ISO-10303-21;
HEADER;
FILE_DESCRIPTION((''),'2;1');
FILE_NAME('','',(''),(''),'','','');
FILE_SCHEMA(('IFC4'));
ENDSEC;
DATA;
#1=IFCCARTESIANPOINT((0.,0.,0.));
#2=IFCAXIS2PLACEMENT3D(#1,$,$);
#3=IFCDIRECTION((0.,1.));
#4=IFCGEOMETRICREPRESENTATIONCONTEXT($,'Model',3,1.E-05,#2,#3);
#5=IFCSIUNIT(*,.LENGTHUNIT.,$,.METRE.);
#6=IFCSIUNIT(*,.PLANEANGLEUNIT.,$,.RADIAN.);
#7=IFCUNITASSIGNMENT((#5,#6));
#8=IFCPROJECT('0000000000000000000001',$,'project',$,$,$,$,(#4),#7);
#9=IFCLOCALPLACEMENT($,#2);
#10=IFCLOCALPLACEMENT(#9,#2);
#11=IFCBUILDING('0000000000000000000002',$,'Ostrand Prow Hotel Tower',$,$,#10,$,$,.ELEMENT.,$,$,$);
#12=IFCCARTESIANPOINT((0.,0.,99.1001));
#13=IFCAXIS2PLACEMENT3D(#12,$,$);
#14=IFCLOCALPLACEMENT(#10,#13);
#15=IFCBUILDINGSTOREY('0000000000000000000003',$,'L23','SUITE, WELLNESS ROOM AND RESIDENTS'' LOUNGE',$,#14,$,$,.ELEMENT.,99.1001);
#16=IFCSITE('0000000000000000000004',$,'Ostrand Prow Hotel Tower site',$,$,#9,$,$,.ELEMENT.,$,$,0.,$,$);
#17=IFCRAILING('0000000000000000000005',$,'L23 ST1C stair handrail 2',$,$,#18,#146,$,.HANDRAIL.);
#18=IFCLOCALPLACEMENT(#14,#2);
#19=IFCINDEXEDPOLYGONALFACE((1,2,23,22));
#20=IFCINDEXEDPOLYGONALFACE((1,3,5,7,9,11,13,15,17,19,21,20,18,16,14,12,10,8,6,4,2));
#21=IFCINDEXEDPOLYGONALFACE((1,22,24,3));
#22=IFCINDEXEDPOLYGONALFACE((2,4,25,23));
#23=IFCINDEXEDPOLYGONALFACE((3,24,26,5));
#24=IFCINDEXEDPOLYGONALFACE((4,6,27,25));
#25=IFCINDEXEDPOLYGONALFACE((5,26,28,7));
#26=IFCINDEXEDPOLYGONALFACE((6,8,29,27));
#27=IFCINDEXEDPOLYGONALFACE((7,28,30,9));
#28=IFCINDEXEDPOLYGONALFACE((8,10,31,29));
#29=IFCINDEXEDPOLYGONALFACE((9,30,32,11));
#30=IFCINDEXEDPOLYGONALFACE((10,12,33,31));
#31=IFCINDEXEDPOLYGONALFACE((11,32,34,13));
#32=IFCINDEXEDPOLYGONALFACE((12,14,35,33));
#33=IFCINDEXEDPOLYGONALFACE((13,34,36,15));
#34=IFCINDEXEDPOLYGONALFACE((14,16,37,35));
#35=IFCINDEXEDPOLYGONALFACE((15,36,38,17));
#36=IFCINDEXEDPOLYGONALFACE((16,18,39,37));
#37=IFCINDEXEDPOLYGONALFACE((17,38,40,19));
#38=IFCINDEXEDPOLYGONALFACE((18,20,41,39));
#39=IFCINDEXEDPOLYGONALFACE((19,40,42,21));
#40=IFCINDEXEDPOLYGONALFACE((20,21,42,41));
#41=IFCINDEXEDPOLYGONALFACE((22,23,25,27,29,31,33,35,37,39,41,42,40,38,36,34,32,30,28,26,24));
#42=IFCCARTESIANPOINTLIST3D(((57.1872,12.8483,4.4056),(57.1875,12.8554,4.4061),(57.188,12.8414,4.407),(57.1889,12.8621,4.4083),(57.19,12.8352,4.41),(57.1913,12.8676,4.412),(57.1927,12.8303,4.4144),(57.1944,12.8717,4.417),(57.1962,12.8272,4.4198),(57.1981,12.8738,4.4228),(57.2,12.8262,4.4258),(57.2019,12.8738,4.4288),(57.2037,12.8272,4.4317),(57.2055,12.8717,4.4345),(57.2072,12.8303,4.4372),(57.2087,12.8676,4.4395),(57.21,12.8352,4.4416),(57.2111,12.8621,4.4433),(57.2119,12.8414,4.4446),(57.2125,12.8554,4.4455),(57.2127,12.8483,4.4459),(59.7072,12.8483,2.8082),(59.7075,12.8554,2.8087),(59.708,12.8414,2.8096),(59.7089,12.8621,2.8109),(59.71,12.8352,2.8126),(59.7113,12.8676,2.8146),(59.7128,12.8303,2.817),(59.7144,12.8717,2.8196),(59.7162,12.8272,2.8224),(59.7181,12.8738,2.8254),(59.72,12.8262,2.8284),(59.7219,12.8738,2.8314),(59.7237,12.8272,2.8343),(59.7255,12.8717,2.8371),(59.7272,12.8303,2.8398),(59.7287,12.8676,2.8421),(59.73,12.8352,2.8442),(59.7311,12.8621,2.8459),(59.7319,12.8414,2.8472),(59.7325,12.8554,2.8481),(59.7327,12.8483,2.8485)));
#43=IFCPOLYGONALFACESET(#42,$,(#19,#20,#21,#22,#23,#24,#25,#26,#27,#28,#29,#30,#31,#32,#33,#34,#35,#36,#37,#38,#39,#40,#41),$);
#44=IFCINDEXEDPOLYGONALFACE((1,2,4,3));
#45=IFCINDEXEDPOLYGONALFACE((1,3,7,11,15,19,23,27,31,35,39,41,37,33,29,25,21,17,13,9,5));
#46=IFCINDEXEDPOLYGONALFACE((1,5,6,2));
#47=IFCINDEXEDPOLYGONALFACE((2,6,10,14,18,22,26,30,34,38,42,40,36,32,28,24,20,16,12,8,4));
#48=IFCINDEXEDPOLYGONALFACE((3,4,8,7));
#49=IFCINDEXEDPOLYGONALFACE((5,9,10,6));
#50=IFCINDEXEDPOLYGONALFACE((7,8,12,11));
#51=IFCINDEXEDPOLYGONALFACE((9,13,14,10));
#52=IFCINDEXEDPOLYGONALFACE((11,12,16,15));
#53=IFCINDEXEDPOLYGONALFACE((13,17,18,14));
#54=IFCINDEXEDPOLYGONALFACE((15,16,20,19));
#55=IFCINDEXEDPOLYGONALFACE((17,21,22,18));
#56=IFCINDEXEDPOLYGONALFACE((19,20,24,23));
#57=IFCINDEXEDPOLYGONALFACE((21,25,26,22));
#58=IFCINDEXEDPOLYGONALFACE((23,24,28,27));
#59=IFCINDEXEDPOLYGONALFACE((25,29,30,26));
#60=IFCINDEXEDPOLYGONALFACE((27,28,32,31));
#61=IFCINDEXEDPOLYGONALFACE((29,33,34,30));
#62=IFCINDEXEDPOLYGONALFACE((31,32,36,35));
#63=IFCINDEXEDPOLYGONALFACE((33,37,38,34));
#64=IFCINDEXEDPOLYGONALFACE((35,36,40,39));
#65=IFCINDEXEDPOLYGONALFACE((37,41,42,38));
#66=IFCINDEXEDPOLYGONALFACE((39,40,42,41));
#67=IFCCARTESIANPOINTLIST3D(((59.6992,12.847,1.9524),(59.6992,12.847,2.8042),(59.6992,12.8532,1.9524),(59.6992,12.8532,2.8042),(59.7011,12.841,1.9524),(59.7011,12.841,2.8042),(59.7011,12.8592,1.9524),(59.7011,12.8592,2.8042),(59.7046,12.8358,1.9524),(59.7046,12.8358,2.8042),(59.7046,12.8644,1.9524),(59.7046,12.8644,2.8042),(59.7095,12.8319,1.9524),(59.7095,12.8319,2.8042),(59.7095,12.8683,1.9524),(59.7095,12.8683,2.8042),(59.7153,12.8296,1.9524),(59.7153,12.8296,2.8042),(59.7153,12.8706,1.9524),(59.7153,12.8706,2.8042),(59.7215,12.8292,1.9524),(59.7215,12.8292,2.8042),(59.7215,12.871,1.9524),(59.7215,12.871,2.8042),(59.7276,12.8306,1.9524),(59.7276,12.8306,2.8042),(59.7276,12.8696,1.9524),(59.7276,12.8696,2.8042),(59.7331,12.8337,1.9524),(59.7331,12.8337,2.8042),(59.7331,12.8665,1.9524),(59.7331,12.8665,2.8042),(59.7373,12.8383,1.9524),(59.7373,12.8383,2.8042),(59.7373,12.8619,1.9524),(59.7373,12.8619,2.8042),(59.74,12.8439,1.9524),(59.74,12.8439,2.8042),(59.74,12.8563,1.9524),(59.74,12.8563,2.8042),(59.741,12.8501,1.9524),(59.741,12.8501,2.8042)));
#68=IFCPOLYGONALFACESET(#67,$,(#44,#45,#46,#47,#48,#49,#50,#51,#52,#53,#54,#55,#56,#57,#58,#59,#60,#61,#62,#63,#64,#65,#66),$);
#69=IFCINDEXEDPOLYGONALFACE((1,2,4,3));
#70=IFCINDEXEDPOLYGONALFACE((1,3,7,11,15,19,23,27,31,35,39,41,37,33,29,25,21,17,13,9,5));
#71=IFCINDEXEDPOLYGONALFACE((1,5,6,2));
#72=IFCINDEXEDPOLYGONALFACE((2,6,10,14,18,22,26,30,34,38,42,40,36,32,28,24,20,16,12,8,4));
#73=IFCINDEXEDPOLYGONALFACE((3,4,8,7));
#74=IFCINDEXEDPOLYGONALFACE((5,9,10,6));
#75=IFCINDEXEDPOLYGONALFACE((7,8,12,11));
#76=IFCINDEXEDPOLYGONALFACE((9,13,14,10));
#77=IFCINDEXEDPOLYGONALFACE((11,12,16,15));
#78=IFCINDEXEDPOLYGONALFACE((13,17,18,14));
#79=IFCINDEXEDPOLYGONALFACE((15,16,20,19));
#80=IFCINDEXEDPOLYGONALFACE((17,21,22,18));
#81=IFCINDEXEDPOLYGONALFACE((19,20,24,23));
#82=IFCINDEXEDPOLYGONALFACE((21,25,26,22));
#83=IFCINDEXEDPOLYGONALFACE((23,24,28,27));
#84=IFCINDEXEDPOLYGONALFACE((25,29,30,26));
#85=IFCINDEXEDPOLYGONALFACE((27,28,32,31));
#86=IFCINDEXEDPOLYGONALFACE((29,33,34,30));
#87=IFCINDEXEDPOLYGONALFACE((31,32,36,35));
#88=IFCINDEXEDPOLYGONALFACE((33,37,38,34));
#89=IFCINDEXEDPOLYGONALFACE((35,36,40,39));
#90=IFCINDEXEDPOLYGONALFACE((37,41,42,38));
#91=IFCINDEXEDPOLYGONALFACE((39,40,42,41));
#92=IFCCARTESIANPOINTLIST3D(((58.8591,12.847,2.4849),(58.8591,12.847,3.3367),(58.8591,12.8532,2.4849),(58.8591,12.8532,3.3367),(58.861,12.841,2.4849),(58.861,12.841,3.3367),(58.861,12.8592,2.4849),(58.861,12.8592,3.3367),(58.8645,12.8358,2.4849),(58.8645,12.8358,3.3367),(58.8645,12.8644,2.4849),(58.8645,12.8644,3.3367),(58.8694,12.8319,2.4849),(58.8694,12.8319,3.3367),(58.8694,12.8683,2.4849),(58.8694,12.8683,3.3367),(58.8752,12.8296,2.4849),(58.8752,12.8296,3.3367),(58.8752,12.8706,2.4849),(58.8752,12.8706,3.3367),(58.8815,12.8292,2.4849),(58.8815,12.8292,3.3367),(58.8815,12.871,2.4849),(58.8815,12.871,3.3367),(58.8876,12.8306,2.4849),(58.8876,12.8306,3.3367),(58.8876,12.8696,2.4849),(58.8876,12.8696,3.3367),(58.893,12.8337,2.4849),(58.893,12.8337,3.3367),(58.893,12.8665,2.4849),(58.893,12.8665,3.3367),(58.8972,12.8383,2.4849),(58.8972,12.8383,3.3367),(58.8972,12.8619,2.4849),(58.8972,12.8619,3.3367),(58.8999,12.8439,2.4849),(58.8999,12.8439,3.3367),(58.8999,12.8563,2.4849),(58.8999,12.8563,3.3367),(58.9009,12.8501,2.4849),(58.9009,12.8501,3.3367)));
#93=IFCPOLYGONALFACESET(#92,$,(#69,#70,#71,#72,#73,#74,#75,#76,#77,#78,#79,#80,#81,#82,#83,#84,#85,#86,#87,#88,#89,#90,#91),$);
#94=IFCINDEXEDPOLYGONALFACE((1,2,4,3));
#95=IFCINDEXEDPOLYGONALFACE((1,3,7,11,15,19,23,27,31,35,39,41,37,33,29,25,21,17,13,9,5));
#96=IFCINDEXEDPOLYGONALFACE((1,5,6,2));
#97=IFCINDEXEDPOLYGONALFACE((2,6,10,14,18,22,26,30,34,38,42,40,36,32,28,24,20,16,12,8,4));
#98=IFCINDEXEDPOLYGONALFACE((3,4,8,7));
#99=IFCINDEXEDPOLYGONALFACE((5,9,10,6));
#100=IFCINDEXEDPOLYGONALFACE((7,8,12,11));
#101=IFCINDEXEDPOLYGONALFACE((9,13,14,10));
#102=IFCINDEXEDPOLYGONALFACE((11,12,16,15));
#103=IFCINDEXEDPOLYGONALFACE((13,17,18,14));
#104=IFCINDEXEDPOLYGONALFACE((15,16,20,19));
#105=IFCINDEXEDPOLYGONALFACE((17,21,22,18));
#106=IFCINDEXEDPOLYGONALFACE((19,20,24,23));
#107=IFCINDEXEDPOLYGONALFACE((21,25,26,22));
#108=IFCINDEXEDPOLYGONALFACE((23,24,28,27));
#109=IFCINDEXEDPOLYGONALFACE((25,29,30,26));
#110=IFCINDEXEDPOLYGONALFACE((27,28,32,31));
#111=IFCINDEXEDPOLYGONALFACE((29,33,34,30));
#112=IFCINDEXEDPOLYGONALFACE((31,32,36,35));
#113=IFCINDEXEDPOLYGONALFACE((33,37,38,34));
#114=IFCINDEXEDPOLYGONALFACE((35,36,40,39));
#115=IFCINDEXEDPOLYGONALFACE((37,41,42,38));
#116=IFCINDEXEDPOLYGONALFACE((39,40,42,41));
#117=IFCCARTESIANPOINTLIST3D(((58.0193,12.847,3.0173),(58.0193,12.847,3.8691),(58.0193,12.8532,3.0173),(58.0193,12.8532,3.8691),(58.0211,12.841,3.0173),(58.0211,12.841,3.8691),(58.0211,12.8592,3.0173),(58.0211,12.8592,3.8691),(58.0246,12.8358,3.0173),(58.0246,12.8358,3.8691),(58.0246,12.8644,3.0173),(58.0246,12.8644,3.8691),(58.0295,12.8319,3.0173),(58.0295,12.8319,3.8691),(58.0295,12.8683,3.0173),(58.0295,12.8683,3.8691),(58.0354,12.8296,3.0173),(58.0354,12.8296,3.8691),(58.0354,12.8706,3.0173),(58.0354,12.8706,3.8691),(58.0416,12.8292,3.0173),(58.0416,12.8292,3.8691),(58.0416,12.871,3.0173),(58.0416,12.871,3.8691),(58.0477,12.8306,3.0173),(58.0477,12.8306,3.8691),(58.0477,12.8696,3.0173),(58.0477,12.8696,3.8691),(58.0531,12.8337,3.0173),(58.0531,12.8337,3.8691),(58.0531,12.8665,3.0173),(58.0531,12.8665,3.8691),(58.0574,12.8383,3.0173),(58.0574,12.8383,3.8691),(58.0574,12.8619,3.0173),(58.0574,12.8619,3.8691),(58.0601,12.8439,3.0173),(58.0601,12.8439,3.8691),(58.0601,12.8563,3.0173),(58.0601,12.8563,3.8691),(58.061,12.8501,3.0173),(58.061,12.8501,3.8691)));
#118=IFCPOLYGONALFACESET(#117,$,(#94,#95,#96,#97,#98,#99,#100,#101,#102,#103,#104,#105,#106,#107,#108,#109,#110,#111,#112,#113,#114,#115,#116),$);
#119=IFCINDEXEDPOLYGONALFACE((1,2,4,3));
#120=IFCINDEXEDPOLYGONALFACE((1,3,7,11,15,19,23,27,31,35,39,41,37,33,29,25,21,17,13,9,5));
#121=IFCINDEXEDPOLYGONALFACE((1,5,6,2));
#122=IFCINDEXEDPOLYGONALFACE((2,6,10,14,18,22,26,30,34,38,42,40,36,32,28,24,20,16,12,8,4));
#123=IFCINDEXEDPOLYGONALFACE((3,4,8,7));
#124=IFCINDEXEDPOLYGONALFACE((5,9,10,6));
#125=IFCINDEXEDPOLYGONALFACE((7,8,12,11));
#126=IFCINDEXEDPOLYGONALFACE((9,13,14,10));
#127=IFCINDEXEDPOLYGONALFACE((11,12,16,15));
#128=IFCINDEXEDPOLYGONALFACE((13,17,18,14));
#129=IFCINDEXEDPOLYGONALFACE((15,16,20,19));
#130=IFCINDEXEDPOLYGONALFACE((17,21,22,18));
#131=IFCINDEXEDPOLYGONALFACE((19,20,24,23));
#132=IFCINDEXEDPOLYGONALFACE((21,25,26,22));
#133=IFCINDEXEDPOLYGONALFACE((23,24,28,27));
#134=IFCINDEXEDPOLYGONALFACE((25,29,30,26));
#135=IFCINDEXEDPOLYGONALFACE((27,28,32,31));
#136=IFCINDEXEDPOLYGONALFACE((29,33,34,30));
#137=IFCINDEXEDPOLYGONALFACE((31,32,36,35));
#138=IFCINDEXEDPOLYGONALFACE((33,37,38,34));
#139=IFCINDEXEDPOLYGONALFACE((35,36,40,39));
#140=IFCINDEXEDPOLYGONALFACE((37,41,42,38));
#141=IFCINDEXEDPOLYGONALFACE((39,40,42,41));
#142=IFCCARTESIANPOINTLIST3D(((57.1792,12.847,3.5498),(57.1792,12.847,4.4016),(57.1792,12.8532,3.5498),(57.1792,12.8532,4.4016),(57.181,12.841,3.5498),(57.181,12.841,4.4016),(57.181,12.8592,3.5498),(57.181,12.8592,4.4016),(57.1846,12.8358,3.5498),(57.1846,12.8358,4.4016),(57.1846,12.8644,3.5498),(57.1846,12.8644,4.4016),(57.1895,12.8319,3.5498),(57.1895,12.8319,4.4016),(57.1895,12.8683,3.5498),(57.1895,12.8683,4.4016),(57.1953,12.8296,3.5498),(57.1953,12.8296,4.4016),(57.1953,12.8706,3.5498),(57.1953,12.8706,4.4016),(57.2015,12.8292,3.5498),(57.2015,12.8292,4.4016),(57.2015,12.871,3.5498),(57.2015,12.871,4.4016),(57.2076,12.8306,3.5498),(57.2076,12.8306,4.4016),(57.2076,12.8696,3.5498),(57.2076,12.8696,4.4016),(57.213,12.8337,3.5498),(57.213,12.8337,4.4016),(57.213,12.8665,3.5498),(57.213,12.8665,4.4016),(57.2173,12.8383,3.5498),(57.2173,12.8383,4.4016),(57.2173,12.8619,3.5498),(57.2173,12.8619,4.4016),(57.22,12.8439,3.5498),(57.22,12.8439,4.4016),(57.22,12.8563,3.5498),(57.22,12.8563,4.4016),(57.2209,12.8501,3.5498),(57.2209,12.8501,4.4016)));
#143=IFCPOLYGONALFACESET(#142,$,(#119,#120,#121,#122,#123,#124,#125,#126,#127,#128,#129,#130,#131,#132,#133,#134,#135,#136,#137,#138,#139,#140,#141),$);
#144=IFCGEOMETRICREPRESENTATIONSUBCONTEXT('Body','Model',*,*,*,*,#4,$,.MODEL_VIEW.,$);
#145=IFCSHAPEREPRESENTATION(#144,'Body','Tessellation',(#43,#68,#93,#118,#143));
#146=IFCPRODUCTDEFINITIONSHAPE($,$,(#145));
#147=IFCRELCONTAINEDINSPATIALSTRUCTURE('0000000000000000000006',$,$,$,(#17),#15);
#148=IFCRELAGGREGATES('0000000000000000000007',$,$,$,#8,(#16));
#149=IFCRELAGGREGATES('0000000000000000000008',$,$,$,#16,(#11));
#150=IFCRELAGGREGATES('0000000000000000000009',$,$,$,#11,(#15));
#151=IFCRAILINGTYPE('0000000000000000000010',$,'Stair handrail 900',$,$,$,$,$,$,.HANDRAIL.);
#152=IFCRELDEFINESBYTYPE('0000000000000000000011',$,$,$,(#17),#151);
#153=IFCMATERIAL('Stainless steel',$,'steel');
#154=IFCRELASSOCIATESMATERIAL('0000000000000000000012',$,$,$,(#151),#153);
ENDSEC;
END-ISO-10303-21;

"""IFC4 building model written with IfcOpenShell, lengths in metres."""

from ifc_helpers import new_model, si_unit, direction, frame, origin, origin_2d, place, context, subcontext, project, spatial, circle, extrude, material, type_object, element, save


model = new_model("IFC4")

# Units and contexts
model_context = context("Model", 3, precision=1e-05, world=origin(), true_north=direction((0.0, 1.0)))
body_context = subcontext(model_context, "Body", "Model", "MODEL_VIEW")
ifc_project = project(units=[si_unit("LENGTHUNIT", "METRE"), si_unit("PLANEANGLEUNIT", "RADIAN")], contexts=[model_context])

# Site, building, storey
site_placement = place(None, origin())
site = spatial("IfcSite", under=ifc_project, at=site_placement, Name="Ostrand Prow Hotel Tower site", CompositionType="ELEMENT", RefElevation=0.0)
building_placement = place(site_placement, origin())
building = spatial("IfcBuilding", under=site, at=building_placement, Name="Ostrand Prow Hotel Tower", CompositionType="ELEMENT")
storey_placement = place(building_placement, frame((0.0, 0.0, 99.1001)))
storey = spatial("IfcBuildingStorey", under=building, at=storey_placement, Name="L23", Description="SUITE, WELLNESS ROOM AND RESIDENTS' LOUNGE", CompositionType="ELEMENT", Elevation=99.1001)

# Railing
ifc_material_1 = material(Name="Stainless steel", Category="steel")
railing_type_1 = type_object("IfcRailingType", Name="Stair handrail 900", PredefinedType="HANDRAIL", material=ifc_material_1)
railing_1_placement = place(storey_placement, frame((59.72, 12.8501, 1.9524)))
element("IfcRailing", 1, at=railing_1_placement, inside=storey, type_object=railing_type_1, Name="L23 ST1C stair handrail 2", PredefinedType="HANDRAIL", context=body_context, shape_type="SweptSolid", body=[
    extrude(circle(Radius=0.0239, at=origin_2d()), frame((0.0, 0.0, 0.876), z_axis=(-0.844607, 0.0, 0.535387), x_axis=(0.0, -1.0, 0.0)), (0.0, 0.0, 1.0), 2.9836),
    extrude(circle(Radius=0.021, at=origin_2d()), origin(), (0.0, 0.0, 1.0), 0.8518),
    extrude(circle(Radius=0.021, at=origin_2d()), frame((-0.8401, 0.0, 0.5325)), (0.0, 0.0, 1.0), 0.8518),
    extrude(circle(Radius=0.021, at=origin_2d()), frame((-1.6799, 0.0, 1.0649)), (0.0, 0.0, 1.0), 0.8518),
    extrude(circle(Radius=0.021, at=origin_2d()), frame((-2.52, 0.0, 1.5974)), (0.0, 0.0, 1.0), 0.8518),
])

save(model, "model.ifc")
